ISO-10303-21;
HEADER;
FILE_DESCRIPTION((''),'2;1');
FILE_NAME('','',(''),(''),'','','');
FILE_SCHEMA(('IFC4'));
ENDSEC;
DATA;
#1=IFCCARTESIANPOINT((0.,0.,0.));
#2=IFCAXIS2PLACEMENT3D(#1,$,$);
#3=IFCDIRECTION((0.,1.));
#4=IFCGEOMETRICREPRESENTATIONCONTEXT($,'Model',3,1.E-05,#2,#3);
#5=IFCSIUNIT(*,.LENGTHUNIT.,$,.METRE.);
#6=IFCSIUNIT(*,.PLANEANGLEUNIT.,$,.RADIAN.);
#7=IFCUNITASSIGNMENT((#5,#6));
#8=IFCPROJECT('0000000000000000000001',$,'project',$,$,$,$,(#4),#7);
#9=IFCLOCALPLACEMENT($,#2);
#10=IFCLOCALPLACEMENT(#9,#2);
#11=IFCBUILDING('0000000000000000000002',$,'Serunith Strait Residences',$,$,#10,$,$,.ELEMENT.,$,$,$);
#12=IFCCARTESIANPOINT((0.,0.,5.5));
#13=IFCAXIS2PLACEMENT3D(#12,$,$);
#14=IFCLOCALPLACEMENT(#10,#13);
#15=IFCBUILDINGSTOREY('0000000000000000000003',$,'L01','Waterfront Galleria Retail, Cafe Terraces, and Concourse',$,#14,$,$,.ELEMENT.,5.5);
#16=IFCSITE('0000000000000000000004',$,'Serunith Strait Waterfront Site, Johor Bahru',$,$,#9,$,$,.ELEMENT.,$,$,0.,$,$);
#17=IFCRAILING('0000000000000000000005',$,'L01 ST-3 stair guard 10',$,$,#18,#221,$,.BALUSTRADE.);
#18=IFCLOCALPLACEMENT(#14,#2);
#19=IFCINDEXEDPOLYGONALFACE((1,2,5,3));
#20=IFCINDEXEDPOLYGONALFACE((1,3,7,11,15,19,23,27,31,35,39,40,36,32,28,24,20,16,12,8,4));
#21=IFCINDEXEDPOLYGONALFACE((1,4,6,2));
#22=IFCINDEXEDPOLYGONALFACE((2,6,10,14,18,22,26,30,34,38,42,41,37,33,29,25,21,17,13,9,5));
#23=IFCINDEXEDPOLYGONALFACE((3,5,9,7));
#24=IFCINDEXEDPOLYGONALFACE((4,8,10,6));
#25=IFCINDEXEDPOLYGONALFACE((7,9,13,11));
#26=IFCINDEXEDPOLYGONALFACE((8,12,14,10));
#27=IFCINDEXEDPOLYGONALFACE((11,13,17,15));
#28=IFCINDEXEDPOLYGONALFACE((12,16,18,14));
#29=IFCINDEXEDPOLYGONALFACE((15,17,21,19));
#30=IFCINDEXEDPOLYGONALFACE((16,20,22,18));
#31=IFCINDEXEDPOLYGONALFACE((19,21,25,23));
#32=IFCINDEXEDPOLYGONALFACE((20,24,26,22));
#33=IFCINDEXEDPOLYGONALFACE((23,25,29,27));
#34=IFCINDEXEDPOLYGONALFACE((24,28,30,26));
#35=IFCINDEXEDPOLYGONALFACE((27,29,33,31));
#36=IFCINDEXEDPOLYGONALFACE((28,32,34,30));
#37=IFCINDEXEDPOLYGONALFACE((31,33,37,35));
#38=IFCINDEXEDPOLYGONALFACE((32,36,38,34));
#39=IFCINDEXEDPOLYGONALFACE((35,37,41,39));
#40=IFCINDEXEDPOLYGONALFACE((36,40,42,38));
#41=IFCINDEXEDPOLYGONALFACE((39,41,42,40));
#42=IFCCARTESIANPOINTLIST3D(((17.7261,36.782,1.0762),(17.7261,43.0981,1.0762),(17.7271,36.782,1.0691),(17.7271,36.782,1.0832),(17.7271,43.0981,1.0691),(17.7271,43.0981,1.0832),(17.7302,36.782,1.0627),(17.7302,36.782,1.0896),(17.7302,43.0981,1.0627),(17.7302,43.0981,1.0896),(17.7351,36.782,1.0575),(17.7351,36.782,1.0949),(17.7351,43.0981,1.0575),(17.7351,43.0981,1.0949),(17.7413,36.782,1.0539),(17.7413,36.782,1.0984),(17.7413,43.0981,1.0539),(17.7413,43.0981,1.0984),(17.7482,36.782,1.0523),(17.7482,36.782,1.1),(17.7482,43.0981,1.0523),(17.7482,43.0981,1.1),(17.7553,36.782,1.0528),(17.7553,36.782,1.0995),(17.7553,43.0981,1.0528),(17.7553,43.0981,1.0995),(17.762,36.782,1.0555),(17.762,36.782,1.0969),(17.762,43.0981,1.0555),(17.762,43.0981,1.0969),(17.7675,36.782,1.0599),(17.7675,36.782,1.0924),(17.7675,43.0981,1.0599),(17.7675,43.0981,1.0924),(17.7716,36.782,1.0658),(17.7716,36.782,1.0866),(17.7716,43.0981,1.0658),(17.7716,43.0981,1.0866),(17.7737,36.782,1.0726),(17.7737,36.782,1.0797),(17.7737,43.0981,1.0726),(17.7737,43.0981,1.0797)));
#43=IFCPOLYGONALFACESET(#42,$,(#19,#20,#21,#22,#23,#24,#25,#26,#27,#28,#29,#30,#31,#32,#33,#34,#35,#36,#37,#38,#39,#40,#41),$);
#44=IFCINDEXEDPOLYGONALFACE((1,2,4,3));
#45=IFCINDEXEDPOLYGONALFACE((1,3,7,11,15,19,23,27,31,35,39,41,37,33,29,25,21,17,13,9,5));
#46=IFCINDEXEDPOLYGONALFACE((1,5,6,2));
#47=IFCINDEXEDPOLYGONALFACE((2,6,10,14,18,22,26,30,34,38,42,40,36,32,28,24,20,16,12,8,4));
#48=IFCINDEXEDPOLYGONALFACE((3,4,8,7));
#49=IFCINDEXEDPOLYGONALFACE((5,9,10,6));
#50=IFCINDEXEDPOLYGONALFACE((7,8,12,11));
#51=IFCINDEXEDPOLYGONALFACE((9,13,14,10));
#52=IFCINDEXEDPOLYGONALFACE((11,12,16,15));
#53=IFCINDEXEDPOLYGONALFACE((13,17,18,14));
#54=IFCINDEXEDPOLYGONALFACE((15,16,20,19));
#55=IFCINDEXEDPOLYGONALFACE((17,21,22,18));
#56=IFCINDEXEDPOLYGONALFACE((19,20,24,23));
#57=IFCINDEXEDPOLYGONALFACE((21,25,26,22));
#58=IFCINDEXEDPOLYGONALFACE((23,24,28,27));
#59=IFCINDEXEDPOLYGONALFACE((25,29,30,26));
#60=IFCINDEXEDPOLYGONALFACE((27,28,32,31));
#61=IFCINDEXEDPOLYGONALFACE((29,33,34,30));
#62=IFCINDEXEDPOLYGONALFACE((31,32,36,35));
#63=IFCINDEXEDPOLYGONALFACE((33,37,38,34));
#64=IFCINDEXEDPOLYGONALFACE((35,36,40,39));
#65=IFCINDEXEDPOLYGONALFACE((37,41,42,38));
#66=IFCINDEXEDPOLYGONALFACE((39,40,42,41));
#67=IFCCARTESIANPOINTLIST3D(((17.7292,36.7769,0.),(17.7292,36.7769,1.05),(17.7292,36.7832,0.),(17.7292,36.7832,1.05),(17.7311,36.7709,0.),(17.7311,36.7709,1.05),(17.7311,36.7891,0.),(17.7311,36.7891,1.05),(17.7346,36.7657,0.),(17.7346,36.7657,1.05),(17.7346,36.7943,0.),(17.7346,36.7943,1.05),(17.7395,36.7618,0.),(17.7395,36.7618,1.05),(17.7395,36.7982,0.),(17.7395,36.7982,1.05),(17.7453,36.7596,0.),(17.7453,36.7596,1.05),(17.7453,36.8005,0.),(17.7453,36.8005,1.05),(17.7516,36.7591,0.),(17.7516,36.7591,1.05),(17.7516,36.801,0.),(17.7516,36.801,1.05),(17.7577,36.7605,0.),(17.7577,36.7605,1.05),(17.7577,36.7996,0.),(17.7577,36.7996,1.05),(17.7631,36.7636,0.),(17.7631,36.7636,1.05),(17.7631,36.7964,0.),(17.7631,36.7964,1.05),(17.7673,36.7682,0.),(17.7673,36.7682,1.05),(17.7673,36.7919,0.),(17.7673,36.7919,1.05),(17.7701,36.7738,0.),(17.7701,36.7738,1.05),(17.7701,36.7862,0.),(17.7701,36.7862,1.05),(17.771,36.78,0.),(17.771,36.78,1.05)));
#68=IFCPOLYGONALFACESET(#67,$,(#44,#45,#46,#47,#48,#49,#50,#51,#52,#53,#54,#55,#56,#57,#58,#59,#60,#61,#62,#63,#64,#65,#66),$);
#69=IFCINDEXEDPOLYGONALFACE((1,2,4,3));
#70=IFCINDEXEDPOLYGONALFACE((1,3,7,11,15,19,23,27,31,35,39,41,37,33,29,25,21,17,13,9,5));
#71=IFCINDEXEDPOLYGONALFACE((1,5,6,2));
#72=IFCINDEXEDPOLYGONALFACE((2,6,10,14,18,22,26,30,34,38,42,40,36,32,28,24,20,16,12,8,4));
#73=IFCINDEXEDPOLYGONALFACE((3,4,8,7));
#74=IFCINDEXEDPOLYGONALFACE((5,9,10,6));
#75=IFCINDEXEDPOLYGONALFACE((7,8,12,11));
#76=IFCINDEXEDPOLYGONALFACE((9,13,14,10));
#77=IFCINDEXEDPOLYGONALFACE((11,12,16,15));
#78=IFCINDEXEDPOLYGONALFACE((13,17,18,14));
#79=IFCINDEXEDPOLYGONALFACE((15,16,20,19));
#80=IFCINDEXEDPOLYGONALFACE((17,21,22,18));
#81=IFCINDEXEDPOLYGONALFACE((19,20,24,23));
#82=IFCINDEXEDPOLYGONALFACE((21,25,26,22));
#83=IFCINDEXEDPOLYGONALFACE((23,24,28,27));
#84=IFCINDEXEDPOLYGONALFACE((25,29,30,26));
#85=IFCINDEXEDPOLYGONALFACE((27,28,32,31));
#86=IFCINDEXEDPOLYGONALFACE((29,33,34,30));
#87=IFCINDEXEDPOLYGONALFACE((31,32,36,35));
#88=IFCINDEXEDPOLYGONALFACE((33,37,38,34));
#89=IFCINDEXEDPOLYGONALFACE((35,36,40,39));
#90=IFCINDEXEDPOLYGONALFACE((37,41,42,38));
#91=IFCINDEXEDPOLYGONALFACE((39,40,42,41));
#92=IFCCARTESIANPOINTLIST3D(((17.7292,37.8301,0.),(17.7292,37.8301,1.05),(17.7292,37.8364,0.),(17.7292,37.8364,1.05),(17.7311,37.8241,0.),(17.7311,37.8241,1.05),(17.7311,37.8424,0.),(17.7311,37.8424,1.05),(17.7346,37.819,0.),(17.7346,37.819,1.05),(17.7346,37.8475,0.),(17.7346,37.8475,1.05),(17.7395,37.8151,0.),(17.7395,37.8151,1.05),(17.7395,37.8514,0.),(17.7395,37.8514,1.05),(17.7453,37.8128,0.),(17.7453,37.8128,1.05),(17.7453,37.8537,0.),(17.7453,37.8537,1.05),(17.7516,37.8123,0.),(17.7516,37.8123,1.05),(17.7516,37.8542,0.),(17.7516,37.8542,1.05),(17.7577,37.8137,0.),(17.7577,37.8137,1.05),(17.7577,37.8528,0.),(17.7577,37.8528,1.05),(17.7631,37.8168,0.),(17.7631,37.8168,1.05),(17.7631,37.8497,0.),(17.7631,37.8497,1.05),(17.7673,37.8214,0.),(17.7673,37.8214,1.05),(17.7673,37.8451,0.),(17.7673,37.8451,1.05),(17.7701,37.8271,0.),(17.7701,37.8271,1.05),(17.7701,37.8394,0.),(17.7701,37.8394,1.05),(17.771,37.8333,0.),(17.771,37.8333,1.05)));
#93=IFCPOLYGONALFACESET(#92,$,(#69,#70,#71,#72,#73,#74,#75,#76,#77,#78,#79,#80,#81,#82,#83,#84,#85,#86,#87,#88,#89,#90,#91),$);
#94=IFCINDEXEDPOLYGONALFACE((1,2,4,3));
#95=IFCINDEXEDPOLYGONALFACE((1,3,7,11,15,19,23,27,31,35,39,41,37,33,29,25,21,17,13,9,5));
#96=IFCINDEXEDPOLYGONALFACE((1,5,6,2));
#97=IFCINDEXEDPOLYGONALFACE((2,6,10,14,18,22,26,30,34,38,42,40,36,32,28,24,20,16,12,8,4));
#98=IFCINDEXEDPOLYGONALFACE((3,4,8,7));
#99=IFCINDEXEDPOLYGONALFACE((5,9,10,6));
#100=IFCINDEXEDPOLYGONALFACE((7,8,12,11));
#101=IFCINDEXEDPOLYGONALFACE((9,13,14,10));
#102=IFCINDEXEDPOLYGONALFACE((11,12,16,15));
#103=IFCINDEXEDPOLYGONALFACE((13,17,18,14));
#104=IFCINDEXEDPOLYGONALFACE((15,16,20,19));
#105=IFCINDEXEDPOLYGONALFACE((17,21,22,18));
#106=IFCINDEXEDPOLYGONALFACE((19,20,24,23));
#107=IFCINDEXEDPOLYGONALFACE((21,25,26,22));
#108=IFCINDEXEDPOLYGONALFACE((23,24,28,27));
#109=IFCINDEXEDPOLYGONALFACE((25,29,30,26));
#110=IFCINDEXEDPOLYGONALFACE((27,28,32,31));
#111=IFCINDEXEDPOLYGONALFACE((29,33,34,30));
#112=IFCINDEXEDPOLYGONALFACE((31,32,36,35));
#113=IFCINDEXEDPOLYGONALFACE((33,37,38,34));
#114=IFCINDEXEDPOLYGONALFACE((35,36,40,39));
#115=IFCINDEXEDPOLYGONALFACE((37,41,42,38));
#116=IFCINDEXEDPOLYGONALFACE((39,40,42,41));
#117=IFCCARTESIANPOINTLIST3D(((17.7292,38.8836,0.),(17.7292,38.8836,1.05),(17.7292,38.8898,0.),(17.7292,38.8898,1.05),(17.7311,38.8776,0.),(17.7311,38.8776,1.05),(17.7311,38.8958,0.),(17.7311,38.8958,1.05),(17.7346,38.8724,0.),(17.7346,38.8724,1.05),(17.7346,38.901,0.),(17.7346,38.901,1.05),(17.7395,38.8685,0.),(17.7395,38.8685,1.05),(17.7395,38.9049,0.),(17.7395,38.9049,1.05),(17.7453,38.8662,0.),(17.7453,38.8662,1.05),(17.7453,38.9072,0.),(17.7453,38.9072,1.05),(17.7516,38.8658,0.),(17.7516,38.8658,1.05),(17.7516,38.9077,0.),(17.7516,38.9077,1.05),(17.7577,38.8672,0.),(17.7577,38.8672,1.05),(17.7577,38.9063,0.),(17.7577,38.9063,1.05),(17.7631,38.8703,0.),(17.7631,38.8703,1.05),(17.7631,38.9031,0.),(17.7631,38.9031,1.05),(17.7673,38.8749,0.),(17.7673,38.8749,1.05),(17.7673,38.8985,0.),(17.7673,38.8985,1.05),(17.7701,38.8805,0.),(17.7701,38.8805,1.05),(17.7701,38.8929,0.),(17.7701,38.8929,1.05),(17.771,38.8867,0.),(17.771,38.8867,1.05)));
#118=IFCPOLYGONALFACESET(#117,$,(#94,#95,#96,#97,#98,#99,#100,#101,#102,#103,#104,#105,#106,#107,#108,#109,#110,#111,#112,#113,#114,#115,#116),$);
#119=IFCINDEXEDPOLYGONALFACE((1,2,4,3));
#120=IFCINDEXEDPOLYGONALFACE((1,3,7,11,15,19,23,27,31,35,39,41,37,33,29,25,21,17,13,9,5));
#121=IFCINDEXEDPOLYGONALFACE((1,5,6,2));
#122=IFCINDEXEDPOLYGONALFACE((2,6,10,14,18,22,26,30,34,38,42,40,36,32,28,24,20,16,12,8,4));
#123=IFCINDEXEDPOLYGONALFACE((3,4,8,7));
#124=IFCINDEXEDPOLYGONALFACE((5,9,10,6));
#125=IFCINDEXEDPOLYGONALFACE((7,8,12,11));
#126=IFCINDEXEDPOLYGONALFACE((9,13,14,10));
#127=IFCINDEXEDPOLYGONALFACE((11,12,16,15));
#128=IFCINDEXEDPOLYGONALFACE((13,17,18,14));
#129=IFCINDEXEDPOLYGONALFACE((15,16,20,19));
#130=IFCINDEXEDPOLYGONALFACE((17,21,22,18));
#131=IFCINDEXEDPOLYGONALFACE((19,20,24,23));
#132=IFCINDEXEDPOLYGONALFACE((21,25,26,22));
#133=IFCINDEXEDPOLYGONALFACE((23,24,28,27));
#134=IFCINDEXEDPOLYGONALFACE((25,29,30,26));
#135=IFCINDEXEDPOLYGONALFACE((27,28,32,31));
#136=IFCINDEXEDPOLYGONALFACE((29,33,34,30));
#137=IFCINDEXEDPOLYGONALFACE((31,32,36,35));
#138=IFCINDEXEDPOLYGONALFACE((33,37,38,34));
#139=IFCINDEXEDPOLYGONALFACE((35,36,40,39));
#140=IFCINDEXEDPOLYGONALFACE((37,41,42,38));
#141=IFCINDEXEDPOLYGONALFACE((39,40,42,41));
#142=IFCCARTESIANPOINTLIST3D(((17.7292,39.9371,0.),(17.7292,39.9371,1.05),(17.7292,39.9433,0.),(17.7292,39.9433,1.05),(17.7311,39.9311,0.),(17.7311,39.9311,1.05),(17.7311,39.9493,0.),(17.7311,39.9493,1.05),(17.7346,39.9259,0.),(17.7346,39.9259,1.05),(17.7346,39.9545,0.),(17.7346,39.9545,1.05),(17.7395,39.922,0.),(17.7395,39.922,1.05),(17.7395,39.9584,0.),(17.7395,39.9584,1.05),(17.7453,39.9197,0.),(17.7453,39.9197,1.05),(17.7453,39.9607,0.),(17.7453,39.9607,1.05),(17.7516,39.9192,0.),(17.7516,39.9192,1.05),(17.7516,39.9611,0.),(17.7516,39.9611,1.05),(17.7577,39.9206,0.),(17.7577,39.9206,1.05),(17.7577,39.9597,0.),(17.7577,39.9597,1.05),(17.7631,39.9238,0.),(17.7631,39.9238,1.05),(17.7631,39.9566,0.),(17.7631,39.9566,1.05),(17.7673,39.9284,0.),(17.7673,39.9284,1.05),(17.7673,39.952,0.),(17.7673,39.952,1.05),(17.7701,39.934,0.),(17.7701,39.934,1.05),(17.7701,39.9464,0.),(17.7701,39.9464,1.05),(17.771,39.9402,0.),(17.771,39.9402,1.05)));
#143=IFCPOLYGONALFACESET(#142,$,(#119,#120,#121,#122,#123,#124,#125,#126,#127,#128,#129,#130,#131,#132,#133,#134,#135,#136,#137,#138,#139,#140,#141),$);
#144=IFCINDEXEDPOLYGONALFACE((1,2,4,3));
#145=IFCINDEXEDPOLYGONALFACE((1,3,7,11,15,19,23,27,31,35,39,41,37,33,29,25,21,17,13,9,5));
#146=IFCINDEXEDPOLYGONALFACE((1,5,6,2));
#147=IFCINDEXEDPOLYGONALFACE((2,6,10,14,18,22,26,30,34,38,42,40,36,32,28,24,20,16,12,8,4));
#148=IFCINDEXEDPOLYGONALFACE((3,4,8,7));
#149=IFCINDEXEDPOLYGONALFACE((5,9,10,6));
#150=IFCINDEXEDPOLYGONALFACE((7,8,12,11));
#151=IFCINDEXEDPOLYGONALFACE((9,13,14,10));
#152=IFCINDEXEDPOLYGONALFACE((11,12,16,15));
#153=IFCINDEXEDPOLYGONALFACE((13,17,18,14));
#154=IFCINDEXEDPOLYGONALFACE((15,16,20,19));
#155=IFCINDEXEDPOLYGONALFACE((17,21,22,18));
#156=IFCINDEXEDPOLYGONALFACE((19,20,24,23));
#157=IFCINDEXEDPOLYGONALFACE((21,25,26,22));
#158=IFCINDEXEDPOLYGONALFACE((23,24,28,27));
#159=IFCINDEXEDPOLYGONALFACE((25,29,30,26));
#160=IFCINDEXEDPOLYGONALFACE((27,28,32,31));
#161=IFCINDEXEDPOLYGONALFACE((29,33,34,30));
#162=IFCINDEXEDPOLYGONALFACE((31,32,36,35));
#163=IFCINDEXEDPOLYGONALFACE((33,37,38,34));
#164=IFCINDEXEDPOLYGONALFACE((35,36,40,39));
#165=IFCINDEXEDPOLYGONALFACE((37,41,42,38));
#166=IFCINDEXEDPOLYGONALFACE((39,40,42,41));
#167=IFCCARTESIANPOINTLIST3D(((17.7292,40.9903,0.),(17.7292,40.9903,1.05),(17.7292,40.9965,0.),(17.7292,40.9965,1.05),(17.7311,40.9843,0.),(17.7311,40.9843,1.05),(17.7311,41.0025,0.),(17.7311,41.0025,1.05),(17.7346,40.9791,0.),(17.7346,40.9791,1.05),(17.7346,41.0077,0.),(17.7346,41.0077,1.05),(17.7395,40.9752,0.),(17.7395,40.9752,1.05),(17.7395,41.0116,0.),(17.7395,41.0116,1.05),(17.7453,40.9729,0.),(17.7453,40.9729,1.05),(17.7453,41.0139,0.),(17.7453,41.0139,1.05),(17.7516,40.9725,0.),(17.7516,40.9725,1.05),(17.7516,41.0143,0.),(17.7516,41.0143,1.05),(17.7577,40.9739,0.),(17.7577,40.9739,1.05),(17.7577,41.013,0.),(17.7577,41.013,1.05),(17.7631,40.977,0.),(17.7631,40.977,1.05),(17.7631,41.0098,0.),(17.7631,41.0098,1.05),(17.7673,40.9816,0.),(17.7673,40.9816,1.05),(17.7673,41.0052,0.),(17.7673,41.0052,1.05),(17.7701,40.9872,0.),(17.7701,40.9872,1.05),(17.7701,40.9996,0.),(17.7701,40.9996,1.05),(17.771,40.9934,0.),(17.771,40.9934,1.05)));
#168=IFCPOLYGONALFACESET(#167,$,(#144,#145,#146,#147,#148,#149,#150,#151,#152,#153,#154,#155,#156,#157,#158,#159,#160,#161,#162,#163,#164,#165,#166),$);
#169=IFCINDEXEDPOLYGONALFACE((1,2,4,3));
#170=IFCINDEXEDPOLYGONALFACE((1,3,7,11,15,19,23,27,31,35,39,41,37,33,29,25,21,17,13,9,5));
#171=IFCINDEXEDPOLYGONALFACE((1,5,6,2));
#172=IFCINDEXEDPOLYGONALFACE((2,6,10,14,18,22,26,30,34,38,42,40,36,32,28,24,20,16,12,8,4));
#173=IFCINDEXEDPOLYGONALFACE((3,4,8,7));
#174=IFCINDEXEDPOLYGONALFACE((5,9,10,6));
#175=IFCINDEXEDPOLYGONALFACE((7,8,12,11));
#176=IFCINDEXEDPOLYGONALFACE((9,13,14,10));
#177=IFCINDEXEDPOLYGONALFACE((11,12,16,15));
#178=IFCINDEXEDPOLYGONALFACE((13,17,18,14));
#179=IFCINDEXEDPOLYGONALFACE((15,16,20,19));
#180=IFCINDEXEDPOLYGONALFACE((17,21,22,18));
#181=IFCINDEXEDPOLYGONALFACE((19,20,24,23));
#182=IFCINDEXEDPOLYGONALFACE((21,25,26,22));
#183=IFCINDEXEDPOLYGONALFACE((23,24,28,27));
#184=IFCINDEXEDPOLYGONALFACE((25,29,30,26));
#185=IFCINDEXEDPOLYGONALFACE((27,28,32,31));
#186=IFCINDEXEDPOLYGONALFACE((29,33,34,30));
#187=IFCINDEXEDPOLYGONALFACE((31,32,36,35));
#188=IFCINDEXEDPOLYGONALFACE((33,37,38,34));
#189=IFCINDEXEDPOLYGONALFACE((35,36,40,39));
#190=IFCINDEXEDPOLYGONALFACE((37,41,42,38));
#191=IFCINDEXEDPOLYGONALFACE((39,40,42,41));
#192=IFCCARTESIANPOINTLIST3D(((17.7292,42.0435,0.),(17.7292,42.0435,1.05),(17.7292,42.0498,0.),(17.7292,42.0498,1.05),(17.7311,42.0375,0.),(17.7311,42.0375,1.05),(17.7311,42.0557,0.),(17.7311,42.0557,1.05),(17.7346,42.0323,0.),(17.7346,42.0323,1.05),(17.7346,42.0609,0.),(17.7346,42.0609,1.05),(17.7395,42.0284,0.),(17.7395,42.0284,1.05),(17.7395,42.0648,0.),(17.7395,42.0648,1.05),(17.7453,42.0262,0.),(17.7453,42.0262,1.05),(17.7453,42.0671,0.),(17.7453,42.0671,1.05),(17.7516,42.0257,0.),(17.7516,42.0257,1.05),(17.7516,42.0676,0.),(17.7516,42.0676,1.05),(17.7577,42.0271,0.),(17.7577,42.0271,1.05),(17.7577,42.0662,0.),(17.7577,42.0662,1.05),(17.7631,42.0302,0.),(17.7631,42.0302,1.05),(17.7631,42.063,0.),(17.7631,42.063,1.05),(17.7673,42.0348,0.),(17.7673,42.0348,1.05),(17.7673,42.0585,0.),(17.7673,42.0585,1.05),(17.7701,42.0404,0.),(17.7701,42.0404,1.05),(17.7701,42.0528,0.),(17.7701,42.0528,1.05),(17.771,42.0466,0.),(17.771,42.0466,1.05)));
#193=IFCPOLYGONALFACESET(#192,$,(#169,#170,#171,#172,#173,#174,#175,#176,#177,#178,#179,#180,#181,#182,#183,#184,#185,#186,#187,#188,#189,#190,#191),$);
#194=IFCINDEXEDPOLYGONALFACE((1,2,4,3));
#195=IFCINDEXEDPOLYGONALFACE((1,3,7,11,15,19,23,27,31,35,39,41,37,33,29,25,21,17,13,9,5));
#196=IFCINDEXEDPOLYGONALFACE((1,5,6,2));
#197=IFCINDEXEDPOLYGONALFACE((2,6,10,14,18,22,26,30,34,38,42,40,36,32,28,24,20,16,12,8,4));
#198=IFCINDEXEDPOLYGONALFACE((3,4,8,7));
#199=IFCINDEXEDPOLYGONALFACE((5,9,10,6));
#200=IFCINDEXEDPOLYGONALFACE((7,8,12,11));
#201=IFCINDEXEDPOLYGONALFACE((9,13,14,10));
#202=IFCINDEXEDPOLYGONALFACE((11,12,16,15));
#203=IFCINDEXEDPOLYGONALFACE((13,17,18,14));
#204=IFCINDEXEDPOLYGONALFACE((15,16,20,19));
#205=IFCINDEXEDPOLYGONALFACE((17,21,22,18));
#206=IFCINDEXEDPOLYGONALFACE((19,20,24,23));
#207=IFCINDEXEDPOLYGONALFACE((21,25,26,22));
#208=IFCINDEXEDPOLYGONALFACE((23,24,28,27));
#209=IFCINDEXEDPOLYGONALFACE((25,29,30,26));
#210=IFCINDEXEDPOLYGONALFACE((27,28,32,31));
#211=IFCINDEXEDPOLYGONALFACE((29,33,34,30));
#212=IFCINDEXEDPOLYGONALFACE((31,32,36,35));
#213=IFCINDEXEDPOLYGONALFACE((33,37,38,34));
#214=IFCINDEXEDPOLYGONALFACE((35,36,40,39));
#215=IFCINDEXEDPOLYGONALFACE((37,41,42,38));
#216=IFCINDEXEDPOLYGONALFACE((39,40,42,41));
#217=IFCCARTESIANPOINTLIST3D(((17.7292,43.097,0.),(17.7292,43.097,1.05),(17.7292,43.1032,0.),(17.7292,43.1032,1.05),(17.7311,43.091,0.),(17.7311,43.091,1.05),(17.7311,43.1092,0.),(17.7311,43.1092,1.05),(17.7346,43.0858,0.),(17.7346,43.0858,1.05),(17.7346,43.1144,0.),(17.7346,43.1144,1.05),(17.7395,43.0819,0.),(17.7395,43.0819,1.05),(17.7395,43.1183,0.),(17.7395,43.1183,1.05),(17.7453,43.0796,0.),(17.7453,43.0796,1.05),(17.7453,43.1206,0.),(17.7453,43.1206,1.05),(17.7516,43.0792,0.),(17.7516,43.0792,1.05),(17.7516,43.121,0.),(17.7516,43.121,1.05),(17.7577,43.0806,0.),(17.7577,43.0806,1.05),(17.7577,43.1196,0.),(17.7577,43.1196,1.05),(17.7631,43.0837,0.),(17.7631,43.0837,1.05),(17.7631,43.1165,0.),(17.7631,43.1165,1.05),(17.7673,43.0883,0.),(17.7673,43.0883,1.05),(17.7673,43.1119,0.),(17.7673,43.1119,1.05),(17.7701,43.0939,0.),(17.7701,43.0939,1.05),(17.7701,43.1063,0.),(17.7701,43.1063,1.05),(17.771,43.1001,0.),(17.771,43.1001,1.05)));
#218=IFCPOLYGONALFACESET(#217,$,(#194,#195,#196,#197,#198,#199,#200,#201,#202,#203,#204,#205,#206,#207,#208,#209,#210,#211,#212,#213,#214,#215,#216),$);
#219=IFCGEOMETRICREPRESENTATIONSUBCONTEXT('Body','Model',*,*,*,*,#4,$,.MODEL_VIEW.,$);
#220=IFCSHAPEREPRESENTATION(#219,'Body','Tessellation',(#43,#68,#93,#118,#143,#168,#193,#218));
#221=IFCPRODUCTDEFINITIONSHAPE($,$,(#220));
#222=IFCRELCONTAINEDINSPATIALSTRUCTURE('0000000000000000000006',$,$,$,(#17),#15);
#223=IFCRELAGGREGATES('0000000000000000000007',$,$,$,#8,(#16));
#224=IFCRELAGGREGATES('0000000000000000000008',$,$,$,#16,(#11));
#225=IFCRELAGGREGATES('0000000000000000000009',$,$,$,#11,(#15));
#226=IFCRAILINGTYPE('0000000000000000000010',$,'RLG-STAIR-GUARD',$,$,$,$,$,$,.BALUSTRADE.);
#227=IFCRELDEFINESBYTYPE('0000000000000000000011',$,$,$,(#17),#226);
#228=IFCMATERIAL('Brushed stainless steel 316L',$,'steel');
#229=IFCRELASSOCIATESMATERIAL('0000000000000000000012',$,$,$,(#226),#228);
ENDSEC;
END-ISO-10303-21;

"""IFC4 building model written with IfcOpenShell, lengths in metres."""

from ifc_helpers import new_model, si_unit, direction, frame, origin, origin_2d, place, context, subcontext, project, spatial, circle, extrude, material, type_object, element, save


model = new_model("IFC4")

# Units and contexts
model_context = context("Model", 3, precision=1e-05, world=origin(), true_north=direction((0.0, 1.0)))
body_context = subcontext(model_context, "Body", "Model", "MODEL_VIEW")
ifc_project = project(units=[si_unit("LENGTHUNIT", "METRE"), si_unit("PLANEANGLEUNIT", "RADIAN")], contexts=[model_context])

# Site, building, storey
site_placement = place(None, origin())
site = spatial("IfcSite", under=ifc_project, at=site_placement, Name="Serunith Strait Waterfront Site, Johor Bahru", CompositionType="ELEMENT", RefElevation=0.0)
building_placement = place(site_placement, origin())
building = spatial("IfcBuilding", under=site, at=building_placement, Name="Serunith Strait Residences", CompositionType="ELEMENT")
storey_placement = place(building_placement, frame((0.0, 0.0, 5.5)))
storey = spatial("IfcBuildingStorey", under=building, at=storey_placement, Name="L01", Description="Waterfront Galleria Retail, Cafe Terraces, and Concourse", CompositionType="ELEMENT", Elevation=5.5)

# Railing
ifc_material_1 = material(Name="Brushed stainless steel 316L", Category="steel")
railing_type_1 = type_object("IfcRailingType", Name="RLG-STAIR-GUARD", PredefinedType="BALUSTRADE", material=ifc_material_1)
railing_1_placement = place(storey_placement, frame((17.75, 36.78, 0.0)))
element("IfcRailing", 1, at=railing_1_placement, inside=storey, type_object=railing_type_1, Name="L01 ST-3 stair guard 10", PredefinedType="BALUSTRADE", context=body_context, shape_type="SweptSolid", body=[
    extrude(circle(Radius=0.0239, at=origin_2d()), frame((0.0, 0.002, 1.0762), z_axis=(0.0, 1.0, 0.0), x_axis=(-1.0, 0.0, 0.0)), (0.0, 0.0, 1.0), 6.3162),
    extrude(circle(Radius=0.021, at=origin_2d()), origin(), (0.0, 0.0, 1.0), 1.05),
    extrude(circle(Radius=0.021, at=origin_2d()), frame((0.0, 1.0532, 0.0)), (0.0, 0.0, 1.0), 1.05),
    extrude(circle(Radius=0.021, at=origin_2d()), frame((0.0, 2.1067, 0.0)), (0.0, 0.0, 1.0), 1.05),
    extrude(circle(Radius=0.021, at=origin_2d()), frame((0.0, 3.1602, 0.0)), (0.0, 0.0, 1.0), 1.05),
    extrude(circle(Radius=0.021, at=origin_2d()), frame((0.0, 4.2134, 0.0)), (0.0, 0.0, 1.0), 1.05),
    extrude(circle(Radius=0.021, at=origin_2d()), frame((0.0, 5.2666, 0.0)), (0.0, 0.0, 1.0), 1.05),
    extrude(circle(Radius=0.021, at=origin_2d()), frame((0.0, 6.3201, 0.0)), (0.0, 0.0, 1.0), 1.05),
])

save(model, "model.ifc")
